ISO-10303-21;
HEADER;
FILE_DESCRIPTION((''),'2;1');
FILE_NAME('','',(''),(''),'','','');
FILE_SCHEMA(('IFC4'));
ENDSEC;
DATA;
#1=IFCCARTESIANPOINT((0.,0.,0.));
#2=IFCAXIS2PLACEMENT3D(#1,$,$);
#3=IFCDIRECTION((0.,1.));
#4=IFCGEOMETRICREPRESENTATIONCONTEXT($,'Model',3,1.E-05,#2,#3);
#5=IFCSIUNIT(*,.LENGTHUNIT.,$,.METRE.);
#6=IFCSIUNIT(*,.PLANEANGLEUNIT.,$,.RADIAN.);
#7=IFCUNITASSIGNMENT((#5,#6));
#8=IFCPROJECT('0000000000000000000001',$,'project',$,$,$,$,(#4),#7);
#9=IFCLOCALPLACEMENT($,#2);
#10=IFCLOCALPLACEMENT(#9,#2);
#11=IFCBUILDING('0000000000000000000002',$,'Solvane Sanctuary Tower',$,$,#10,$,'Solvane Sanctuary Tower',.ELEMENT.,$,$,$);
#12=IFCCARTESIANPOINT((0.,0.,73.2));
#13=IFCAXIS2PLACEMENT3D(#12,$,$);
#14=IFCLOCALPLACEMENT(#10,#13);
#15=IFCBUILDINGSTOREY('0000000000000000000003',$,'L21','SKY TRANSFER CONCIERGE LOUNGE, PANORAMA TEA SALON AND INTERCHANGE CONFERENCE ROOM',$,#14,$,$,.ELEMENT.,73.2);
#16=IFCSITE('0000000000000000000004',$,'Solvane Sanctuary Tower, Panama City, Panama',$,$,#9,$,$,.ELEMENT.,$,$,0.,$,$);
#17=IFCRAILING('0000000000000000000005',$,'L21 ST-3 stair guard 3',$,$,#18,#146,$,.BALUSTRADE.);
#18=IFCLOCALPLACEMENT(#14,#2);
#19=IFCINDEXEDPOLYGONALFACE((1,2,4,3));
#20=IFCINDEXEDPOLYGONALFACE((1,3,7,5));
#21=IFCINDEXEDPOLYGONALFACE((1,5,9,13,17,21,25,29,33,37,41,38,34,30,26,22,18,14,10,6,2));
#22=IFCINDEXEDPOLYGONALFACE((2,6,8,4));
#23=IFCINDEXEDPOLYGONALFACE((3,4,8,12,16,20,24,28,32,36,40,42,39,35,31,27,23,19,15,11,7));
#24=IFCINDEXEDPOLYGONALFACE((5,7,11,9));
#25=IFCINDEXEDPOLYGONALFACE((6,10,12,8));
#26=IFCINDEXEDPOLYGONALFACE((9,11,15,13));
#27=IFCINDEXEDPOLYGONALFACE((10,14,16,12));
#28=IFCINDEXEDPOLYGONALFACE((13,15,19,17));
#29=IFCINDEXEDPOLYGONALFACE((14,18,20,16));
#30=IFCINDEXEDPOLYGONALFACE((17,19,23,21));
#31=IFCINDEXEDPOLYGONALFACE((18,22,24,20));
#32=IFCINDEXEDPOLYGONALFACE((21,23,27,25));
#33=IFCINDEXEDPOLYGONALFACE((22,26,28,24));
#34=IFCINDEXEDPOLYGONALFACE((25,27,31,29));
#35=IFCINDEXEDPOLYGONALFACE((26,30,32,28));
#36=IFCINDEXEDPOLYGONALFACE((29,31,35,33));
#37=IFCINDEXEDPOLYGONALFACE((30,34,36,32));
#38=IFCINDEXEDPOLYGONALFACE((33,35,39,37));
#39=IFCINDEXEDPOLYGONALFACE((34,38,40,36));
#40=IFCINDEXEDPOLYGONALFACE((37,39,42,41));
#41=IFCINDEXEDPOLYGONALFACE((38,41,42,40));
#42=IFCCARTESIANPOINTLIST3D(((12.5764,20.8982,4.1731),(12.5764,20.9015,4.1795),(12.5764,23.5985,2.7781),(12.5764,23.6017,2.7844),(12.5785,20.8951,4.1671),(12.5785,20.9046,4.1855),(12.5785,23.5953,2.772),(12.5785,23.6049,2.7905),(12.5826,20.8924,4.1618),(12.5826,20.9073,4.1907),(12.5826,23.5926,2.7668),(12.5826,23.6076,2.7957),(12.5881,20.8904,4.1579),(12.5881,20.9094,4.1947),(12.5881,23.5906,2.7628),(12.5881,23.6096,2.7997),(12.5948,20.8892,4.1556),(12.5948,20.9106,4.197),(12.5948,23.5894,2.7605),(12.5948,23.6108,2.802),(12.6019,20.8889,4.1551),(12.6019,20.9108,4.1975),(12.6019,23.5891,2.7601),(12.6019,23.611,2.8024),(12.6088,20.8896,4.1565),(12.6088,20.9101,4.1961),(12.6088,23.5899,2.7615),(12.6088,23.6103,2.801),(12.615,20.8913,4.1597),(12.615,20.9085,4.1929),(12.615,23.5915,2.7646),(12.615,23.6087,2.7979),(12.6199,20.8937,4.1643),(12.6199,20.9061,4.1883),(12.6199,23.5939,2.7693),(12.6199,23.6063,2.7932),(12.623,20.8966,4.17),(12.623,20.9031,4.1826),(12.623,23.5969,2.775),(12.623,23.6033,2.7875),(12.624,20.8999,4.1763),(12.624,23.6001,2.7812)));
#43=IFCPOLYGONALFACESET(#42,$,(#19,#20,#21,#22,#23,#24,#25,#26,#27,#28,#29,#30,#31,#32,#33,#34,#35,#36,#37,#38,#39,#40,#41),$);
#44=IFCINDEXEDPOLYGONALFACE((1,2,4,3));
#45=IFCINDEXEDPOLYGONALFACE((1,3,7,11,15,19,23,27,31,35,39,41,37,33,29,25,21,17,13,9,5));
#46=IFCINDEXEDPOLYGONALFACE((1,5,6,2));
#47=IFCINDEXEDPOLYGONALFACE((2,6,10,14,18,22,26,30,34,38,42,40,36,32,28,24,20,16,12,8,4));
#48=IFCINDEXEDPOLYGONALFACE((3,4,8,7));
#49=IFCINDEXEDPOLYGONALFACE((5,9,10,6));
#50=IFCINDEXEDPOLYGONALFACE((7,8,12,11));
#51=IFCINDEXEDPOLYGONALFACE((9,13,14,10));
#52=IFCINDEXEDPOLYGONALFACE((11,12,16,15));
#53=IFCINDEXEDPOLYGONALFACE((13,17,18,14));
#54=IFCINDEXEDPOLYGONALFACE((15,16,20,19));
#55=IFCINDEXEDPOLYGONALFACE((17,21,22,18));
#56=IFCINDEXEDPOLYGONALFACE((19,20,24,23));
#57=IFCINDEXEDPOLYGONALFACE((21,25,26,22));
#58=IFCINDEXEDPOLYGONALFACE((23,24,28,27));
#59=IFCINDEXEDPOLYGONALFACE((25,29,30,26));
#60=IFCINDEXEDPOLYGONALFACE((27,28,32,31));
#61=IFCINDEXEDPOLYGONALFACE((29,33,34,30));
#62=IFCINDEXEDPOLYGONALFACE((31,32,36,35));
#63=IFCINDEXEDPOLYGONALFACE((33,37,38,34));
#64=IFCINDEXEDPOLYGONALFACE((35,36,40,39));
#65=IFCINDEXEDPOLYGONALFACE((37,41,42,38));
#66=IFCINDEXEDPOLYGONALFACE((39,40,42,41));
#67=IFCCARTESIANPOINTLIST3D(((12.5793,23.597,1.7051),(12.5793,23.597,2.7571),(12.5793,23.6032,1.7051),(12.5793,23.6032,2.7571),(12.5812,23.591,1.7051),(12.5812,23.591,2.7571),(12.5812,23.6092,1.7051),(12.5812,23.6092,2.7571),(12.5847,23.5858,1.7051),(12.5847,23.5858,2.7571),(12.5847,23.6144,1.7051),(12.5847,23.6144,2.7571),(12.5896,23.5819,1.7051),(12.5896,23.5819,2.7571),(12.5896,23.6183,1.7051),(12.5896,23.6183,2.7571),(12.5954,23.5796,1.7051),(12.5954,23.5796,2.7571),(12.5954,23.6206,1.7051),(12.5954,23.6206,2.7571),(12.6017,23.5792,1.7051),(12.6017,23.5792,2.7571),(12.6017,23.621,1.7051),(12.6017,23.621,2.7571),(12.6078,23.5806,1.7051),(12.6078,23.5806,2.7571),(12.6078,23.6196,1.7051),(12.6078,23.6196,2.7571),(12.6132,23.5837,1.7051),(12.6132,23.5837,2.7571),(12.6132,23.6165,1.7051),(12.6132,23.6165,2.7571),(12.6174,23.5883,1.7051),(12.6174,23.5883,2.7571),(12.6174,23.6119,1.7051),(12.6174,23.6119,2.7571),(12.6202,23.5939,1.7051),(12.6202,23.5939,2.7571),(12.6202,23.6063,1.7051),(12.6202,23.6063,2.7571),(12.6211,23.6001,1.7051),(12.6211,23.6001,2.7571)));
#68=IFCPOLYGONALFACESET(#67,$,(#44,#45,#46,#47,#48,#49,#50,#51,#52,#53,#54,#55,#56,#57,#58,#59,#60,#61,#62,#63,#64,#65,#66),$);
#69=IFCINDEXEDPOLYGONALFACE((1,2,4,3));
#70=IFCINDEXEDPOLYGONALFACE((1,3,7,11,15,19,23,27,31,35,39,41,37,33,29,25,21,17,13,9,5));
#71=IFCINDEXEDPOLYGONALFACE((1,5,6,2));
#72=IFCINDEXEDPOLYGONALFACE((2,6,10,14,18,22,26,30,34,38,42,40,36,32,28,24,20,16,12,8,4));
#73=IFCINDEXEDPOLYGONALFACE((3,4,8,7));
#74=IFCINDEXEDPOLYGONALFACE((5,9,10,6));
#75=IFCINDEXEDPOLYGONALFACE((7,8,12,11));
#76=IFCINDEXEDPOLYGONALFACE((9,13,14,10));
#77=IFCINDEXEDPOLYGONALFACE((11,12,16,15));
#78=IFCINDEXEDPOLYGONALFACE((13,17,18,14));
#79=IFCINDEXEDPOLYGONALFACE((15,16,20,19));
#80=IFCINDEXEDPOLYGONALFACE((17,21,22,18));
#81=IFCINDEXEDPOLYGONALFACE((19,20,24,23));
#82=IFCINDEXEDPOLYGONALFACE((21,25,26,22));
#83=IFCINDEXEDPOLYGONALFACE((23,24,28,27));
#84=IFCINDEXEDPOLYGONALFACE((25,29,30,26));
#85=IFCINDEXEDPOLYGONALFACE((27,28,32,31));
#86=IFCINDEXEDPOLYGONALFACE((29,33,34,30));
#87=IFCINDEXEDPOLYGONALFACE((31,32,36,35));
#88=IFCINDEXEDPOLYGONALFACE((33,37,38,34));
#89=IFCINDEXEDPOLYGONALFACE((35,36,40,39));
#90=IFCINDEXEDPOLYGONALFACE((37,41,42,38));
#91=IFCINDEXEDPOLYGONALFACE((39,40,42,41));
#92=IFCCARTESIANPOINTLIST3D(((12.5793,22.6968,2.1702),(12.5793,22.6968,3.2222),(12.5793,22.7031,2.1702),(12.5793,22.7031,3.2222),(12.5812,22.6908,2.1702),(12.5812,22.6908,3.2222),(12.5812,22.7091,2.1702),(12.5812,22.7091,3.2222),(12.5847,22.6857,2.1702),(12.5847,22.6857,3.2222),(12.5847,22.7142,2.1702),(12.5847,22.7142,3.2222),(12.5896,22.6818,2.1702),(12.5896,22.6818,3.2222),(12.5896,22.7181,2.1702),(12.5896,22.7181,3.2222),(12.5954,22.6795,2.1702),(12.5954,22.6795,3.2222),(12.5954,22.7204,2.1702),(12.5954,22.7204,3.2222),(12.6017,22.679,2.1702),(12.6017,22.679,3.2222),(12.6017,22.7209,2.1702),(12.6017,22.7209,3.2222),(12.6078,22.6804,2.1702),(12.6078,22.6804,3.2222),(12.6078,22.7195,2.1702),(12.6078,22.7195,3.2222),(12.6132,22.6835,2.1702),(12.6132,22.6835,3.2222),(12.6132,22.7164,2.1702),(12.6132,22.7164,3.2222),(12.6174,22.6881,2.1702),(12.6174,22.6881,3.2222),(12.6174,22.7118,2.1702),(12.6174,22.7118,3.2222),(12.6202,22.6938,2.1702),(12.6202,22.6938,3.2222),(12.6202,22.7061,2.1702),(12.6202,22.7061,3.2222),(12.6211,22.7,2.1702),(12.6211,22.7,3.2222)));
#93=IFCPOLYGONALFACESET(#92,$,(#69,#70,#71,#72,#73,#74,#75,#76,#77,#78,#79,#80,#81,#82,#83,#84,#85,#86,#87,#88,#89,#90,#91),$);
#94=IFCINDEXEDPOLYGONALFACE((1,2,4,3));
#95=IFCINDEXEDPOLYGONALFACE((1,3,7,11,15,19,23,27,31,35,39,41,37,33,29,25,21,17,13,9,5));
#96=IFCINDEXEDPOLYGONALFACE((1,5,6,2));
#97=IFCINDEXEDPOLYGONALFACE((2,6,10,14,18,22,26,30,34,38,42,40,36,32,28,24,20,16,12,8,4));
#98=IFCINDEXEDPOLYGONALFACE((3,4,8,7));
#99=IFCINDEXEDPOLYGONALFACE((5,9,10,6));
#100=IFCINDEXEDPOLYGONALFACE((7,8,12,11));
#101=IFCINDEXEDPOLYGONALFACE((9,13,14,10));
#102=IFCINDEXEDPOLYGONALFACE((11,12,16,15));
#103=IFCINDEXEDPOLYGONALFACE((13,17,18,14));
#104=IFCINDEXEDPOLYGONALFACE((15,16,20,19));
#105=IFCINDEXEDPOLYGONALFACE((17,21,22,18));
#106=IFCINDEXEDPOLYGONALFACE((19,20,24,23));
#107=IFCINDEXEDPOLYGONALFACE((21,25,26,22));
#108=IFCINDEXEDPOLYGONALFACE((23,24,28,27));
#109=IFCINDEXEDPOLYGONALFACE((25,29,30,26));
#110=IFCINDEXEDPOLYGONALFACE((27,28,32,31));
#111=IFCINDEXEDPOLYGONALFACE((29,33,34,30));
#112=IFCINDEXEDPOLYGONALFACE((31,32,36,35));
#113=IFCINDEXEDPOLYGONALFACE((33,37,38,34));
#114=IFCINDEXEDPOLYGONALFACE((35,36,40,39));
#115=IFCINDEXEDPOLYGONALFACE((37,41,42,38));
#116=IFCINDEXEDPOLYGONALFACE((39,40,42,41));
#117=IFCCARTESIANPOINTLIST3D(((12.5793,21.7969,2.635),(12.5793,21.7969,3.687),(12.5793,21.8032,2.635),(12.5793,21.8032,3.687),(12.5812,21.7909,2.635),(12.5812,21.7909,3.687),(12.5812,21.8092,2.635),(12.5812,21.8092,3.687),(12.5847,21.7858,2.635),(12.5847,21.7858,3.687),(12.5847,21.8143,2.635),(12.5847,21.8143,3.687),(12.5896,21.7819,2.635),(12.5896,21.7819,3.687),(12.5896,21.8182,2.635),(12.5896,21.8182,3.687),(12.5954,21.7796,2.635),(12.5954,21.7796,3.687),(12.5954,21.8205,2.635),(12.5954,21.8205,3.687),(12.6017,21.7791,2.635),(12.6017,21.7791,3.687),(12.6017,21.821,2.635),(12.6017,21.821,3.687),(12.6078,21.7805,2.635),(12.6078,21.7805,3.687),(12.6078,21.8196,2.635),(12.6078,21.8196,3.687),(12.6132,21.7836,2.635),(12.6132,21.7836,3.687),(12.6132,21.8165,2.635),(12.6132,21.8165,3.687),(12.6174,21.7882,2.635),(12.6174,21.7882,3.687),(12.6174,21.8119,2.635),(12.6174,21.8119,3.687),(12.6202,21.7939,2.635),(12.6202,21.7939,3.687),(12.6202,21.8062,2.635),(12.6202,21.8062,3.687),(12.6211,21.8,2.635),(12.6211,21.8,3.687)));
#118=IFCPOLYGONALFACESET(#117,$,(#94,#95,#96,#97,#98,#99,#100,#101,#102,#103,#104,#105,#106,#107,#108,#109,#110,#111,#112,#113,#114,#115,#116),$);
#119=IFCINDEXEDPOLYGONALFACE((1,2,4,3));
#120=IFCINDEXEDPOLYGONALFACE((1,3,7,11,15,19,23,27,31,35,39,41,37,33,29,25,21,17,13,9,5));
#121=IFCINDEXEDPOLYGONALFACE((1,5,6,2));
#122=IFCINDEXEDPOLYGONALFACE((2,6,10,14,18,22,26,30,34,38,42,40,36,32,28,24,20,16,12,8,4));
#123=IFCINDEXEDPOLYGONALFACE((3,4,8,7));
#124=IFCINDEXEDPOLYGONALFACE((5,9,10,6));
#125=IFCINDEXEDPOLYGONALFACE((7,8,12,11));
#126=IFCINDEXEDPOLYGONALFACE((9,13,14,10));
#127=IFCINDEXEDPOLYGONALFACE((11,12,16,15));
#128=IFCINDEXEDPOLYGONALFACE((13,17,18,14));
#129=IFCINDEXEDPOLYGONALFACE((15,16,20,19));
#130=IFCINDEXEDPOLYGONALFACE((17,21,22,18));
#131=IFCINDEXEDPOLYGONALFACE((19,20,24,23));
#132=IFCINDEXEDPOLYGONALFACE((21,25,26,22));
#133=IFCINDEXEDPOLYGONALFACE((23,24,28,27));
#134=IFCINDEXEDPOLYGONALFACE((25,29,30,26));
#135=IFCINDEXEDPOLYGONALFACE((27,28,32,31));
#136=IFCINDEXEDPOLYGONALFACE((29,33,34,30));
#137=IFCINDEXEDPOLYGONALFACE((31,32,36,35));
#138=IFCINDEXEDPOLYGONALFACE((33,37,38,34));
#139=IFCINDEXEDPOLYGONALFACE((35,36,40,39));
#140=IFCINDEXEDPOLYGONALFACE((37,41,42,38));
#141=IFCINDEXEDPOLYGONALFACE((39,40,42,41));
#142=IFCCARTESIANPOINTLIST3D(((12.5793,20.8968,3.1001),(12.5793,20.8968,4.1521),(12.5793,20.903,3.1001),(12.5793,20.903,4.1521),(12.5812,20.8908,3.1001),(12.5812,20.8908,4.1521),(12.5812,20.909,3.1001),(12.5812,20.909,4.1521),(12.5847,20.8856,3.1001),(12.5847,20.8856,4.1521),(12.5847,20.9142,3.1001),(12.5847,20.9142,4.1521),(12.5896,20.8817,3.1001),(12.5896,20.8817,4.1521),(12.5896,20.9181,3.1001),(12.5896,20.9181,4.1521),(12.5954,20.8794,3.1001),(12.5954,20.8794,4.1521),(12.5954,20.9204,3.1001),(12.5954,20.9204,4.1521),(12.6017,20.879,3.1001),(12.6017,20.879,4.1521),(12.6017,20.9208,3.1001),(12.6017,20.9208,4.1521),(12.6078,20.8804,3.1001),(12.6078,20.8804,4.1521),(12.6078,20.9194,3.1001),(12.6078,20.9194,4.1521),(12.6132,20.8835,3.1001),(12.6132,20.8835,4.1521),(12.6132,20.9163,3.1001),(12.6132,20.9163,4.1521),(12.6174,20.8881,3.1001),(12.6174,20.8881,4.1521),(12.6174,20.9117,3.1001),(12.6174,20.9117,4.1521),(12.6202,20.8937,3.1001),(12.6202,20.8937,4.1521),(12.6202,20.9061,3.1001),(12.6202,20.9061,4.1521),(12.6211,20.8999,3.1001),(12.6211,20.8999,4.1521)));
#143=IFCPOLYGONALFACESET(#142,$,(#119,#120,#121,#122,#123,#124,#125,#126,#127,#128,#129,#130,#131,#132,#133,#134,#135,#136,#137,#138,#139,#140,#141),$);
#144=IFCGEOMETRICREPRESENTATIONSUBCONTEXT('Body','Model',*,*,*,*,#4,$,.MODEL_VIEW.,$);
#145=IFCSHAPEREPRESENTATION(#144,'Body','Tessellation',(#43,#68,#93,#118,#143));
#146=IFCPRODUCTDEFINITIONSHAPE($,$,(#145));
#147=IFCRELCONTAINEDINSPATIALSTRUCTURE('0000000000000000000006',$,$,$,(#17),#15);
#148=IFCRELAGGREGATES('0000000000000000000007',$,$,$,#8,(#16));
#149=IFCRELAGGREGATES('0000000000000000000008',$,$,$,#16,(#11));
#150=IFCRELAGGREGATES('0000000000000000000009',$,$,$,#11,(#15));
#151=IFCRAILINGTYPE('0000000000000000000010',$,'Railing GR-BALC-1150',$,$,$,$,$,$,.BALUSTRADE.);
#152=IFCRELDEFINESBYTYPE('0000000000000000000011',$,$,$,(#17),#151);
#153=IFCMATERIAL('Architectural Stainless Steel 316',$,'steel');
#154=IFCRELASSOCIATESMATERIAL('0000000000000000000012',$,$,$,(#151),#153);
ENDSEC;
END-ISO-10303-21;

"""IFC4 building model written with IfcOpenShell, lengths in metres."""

from ifc_helpers import new_model, si_unit, direction, frame, origin, origin_2d, place, context, subcontext, project, spatial, circle, extrude, material, type_object, element, save


model = new_model("IFC4")

# Units and contexts
model_context = context("Model", 3, precision=1e-05, world=origin(), true_north=direction((0.0, 1.0)))
body_context = subcontext(model_context, "Body", "Model", "MODEL_VIEW")
ifc_project = project(units=[si_unit("LENGTHUNIT", "METRE"), si_unit("PLANEANGLEUNIT", "RADIAN")], contexts=[model_context])

# Site, building, storey
site_placement = place(None, origin())
site = spatial("IfcSite", under=ifc_project, at=site_placement, Name="Solvane Sanctuary Tower, Panama City, Panama", CompositionType="ELEMENT", RefElevation=0.0)
building_placement = place(site_placement, origin())
building = spatial("IfcBuilding", under=site, at=building_placement, Name="Solvane Sanctuary Tower", LongName="Solvane Sanctuary Tower", CompositionType="ELEMENT")
storey_placement = place(building_placement, frame((0.0, 0.0, 73.2)))
storey = spatial("IfcBuildingStorey", under=building, at=storey_placement, Name="L21", Description="SKY TRANSFER CONCIERGE LOUNGE, PANORAMA TEA SALON AND INTERCHANGE CONFERENCE ROOM", CompositionType="ELEMENT", Elevation=73.2)

# Shared definitions
ifc_material_1 = material(Name="Architectural Stainless Steel 316", Category="steel")

# Railing
railing_type_1 = type_object("IfcRailingType", Name="Railing GR-BALC-1150", PredefinedType="BALUSTRADE", material=ifc_material_1)
railing_1_placement = place(storey_placement, frame((12.6001, 23.6001, 1.7051)))
element("IfcRailing", 1, at=railing_1_placement, inside=storey, type_object=railing_type_1, Name="L21 ST-3 stair guard 3", PredefinedType="BALUSTRADE", context=body_context, shape_type="SweptSolid", body=[
    extrude(circle(Radius=0.0239, at=origin_2d()), frame((0.0, 0.0, 1.0762), z_axis=(0.0, -0.888437, 0.458999), x_axis=(1.0, 0.0, 0.0)), (0.0, 0.0, 1.0), 3.0393),
    extrude(circle(Radius=0.021, at=origin_2d()), origin(), (0.0, 0.0, 1.0), 1.052),
    extrude(circle(Radius=0.021, at=origin_2d()), frame((0.0, -0.9001, 0.4651)), (0.0, 0.0, 1.0), 1.052),
    extrude(circle(Radius=0.021, at=origin_2d()), frame((0.0, -1.8, 0.9299)), (0.0, 0.0, 1.0), 1.052),
    extrude(circle(Radius=0.021, at=origin_2d()), frame((0.0, -2.7002, 1.395)), (0.0, 0.0, 1.0), 1.052),
])

save(model, "model.ifc")
